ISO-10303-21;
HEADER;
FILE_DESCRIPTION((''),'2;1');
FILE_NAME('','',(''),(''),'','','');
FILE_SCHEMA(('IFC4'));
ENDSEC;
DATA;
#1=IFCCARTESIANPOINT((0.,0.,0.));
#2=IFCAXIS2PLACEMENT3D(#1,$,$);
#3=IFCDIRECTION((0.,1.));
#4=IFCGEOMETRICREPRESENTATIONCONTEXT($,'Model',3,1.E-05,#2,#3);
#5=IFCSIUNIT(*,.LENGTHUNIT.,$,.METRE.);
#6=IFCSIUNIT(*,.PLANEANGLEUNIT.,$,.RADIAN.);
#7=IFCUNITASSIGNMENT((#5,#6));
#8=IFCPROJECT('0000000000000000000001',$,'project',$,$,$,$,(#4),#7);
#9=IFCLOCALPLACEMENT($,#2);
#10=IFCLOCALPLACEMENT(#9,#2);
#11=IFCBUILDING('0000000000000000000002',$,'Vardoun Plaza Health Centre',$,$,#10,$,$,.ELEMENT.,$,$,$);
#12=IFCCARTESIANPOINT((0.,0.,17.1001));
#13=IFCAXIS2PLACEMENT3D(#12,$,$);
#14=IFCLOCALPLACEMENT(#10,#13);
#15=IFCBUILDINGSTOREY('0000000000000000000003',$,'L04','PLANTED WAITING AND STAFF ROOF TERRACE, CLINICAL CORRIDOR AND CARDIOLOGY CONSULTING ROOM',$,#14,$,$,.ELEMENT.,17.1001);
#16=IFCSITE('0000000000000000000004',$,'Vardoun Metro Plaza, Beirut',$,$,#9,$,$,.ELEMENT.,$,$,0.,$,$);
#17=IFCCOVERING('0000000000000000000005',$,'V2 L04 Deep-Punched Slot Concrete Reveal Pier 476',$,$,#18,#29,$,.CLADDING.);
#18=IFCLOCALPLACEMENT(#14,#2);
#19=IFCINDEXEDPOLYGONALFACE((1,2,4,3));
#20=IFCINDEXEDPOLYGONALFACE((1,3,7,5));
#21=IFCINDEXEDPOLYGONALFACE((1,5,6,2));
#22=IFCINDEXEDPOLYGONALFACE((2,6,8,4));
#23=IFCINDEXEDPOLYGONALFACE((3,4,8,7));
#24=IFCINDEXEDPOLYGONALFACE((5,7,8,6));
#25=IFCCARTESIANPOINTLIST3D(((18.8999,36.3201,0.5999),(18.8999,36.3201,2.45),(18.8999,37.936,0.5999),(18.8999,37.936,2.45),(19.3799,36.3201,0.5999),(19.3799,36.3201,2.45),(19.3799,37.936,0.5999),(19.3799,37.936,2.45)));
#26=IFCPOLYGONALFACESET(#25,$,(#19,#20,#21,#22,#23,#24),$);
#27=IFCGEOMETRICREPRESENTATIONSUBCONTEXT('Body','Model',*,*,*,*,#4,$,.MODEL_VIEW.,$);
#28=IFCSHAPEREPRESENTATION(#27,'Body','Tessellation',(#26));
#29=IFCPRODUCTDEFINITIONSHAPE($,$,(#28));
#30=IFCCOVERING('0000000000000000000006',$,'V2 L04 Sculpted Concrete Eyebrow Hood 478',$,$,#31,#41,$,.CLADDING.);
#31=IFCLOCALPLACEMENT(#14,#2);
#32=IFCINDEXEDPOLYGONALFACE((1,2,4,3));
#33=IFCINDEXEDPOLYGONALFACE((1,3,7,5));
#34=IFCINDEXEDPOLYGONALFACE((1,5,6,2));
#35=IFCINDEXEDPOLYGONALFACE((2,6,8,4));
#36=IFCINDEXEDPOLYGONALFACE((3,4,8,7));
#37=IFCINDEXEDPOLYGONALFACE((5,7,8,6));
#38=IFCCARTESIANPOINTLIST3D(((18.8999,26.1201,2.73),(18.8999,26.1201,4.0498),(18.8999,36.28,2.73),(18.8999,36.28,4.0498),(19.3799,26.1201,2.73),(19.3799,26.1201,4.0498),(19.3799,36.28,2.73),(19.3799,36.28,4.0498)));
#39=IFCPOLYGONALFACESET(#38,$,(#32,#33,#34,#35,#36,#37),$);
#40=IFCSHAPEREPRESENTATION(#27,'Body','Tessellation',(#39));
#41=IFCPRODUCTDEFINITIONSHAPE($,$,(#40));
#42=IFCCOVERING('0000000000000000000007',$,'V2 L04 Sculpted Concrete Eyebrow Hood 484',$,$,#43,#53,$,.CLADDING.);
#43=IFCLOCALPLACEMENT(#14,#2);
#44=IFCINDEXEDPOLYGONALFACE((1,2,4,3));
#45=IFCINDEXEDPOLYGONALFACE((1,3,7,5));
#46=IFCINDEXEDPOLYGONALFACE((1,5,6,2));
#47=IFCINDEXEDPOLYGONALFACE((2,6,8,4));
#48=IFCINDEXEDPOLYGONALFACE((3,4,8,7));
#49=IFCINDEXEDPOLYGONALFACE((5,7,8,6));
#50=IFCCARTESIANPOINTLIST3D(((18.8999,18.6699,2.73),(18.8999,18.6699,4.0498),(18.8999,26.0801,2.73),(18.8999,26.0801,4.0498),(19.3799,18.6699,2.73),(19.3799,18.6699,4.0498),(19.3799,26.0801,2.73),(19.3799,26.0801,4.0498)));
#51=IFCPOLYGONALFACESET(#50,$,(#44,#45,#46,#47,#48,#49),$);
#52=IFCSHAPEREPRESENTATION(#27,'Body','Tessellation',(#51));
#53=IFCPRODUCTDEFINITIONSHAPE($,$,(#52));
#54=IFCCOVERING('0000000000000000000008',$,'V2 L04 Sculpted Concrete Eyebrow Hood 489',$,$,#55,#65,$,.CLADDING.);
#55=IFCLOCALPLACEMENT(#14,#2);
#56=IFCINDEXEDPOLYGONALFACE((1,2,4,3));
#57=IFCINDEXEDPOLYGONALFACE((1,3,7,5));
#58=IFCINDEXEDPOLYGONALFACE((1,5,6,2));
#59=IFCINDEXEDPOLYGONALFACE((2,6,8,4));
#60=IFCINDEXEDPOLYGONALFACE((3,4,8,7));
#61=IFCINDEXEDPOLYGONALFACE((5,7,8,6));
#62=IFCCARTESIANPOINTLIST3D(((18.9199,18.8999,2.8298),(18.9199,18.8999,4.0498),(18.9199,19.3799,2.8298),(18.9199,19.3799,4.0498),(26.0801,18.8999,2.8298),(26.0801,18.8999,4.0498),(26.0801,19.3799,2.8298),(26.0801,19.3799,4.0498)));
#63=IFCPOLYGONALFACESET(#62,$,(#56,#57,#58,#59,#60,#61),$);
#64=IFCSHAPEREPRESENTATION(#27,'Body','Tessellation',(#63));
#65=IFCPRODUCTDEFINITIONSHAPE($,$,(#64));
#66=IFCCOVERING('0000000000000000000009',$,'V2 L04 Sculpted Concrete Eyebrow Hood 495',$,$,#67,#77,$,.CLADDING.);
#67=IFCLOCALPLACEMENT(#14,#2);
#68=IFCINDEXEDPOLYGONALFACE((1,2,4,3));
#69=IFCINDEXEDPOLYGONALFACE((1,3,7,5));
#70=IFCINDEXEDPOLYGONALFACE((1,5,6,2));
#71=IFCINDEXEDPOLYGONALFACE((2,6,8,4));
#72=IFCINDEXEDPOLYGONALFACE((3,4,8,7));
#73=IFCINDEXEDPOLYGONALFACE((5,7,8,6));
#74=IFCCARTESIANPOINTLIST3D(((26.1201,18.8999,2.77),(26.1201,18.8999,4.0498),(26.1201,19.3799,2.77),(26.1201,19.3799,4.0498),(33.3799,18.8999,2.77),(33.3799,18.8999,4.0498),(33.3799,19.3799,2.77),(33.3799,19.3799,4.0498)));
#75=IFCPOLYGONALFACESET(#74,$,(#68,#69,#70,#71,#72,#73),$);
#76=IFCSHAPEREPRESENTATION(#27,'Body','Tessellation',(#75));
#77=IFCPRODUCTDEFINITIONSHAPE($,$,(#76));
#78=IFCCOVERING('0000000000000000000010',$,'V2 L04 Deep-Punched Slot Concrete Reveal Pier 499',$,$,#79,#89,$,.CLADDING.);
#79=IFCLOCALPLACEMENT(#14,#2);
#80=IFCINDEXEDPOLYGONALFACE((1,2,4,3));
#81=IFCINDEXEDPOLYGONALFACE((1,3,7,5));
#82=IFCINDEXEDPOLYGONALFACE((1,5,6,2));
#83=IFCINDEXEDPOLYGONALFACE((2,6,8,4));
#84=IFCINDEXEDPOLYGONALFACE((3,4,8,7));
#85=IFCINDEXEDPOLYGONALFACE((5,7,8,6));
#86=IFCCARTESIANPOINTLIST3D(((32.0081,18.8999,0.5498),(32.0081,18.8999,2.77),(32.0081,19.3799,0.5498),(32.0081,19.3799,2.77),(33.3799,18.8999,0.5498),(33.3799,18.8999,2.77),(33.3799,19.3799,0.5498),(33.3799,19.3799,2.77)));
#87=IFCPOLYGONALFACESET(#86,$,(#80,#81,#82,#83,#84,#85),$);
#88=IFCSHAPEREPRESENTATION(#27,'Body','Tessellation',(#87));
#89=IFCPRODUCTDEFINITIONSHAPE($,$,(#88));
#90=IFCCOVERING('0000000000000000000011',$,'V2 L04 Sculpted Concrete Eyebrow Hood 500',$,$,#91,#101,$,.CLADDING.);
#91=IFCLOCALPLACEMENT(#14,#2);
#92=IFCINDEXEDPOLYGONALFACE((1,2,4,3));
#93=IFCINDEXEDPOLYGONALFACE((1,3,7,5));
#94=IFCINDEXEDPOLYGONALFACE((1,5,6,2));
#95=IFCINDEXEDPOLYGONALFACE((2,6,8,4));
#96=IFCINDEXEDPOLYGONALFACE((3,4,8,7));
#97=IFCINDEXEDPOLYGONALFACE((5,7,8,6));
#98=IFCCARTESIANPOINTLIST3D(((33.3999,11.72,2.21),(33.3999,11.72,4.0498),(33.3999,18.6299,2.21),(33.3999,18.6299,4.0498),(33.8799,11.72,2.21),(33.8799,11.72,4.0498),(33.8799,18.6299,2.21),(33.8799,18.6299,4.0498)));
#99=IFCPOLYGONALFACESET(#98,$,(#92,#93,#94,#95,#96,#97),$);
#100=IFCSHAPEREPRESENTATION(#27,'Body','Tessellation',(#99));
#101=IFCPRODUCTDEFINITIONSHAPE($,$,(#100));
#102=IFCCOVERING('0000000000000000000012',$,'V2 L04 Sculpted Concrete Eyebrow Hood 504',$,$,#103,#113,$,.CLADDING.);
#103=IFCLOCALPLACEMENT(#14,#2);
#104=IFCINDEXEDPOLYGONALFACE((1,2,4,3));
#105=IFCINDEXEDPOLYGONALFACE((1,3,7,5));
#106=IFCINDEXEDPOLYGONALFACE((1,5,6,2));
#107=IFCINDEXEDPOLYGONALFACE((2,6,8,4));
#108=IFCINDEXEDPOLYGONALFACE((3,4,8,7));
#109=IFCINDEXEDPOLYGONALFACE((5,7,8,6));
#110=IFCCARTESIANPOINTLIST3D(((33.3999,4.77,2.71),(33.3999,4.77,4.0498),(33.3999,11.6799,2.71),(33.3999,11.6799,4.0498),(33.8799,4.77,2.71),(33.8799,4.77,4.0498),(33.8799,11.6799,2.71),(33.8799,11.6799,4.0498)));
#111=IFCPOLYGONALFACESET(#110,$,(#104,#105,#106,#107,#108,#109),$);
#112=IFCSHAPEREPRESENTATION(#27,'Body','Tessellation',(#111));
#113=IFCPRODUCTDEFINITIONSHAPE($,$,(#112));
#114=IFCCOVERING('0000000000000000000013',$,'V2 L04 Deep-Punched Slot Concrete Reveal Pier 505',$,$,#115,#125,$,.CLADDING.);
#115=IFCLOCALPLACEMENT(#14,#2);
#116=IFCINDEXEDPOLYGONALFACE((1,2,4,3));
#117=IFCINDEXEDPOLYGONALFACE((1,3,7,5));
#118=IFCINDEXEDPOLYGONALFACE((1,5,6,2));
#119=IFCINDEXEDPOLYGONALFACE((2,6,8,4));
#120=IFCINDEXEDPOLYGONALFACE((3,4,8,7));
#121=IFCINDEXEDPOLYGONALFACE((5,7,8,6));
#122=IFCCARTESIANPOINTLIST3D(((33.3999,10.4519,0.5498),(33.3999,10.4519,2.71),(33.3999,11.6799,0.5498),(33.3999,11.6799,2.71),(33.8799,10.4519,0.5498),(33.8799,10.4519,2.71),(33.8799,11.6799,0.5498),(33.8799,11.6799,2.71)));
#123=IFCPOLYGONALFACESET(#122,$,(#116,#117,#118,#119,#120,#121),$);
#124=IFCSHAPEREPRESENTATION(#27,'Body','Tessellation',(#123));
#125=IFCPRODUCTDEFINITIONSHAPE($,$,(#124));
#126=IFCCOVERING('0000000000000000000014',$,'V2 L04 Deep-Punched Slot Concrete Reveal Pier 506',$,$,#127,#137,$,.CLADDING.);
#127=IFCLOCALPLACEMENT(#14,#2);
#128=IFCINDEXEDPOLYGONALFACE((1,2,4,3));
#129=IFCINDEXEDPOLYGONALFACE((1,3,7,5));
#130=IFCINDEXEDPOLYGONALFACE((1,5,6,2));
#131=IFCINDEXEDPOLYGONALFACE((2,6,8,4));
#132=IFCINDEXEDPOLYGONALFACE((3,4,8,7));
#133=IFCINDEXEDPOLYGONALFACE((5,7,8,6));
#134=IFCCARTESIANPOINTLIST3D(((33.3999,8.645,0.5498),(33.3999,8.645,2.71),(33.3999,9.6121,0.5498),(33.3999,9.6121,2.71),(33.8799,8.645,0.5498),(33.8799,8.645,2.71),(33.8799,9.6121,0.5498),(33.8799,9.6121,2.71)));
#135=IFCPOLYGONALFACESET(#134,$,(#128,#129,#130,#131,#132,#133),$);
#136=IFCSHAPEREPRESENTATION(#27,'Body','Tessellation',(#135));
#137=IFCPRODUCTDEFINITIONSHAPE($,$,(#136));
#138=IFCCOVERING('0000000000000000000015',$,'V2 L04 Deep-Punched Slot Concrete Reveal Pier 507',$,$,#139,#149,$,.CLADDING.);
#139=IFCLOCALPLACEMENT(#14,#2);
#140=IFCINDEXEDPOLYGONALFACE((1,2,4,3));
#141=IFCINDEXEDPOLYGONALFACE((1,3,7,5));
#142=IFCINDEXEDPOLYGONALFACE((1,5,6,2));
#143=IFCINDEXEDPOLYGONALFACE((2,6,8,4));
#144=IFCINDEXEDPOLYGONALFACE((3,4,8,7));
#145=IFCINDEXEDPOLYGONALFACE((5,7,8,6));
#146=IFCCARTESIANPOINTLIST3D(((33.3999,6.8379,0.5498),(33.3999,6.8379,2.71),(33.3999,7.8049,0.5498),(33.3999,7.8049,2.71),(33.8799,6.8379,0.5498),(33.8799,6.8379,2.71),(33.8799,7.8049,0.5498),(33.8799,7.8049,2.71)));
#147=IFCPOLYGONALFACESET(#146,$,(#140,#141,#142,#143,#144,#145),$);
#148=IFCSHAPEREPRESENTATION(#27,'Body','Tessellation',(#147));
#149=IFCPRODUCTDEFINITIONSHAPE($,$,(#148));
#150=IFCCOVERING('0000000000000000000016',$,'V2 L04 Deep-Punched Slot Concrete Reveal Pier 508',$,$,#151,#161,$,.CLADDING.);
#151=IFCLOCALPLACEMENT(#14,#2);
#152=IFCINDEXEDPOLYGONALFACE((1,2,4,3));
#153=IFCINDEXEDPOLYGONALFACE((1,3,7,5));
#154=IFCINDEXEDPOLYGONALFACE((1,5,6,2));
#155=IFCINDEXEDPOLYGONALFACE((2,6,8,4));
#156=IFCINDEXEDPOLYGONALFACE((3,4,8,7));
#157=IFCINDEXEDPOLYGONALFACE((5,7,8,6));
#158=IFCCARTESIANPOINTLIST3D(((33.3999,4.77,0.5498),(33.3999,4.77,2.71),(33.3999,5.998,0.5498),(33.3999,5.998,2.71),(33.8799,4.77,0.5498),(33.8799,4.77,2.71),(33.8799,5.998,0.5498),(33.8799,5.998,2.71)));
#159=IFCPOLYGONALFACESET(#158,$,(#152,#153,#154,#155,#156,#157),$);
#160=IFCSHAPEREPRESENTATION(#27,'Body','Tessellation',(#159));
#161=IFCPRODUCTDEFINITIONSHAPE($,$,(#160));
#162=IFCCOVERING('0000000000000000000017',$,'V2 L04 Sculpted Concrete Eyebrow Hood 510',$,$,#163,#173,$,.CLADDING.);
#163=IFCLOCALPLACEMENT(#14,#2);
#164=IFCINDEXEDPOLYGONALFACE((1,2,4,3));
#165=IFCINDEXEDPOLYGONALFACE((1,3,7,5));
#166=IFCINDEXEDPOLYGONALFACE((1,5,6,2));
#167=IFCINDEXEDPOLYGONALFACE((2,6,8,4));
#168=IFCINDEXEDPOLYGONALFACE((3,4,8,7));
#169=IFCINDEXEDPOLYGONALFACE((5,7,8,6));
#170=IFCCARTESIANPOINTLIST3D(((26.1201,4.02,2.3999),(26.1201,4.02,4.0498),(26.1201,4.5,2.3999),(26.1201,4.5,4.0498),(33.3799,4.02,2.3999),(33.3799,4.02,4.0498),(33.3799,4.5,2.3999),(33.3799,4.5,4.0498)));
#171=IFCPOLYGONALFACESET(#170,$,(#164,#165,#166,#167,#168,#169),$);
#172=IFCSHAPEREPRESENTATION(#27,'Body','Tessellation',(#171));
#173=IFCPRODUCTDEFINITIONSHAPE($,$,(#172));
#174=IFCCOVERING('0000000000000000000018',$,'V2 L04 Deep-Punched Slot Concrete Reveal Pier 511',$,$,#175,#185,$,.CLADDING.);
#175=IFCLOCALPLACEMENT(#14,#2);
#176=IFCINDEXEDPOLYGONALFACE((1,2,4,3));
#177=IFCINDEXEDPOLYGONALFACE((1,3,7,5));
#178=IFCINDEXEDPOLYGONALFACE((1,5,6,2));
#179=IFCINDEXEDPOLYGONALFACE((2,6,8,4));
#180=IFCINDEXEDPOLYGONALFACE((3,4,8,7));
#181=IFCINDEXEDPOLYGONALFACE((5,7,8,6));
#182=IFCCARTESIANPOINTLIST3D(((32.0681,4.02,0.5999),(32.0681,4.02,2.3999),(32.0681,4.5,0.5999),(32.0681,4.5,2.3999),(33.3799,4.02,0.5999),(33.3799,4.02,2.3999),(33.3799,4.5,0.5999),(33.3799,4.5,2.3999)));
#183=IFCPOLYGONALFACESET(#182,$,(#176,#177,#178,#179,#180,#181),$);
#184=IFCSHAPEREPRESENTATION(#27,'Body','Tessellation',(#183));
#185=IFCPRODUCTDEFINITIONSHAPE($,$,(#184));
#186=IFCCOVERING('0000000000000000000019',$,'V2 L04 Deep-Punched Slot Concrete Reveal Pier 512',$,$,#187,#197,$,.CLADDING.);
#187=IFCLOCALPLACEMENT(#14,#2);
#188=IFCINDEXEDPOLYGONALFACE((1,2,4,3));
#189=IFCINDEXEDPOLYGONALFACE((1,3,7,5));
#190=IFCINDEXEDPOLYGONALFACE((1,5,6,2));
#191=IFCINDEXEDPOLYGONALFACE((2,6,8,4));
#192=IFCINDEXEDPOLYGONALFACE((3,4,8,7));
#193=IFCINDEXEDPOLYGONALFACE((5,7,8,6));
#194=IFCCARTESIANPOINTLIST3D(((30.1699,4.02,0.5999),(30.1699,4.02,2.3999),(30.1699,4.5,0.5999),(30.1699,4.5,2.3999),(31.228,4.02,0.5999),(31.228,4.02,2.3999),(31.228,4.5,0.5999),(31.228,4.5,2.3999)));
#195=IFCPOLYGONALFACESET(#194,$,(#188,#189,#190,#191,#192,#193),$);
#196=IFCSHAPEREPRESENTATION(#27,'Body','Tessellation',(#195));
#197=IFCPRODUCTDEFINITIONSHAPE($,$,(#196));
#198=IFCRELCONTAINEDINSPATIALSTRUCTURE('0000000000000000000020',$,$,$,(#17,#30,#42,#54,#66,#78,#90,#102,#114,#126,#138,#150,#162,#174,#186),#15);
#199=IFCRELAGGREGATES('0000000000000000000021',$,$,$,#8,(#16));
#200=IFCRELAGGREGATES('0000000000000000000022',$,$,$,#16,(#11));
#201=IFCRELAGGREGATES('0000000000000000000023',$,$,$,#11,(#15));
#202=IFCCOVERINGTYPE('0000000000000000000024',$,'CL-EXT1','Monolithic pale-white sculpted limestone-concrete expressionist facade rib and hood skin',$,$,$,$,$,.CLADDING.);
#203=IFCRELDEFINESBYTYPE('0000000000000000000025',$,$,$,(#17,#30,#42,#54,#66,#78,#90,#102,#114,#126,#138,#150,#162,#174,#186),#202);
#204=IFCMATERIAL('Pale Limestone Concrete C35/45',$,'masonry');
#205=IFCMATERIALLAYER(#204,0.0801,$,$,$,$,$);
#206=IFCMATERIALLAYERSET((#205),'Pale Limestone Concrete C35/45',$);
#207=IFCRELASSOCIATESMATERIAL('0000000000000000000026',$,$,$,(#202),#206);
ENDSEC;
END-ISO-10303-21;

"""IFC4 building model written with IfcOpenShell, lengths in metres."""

from ifc_helpers import new_model, si_unit, direction, frame, origin, place, context, subcontext, project, spatial, polyline, outline, extrude, material, layer, layer_set, type_object, element, save


model = new_model("IFC4")

# Units and contexts
model_context = context("Model", 3, precision=1e-05, world=origin(), true_north=direction((0.0, 1.0)))
body_context = subcontext(model_context, "Body", "Model", "MODEL_VIEW")
ifc_project = project(units=[si_unit("LENGTHUNIT", "METRE"), si_unit("PLANEANGLEUNIT", "RADIAN")], contexts=[model_context])

# Site, building, storey
site_placement = place(None, origin())
site = spatial("IfcSite", under=ifc_project, at=site_placement, Name="Vardoun Metro Plaza, Beirut", CompositionType="ELEMENT", RefElevation=0.0)
building_placement = place(site_placement, origin())
building = spatial("IfcBuilding", under=site, at=building_placement, Name="Vardoun Plaza Health Centre", CompositionType="ELEMENT")
storey_placement = place(building_placement, frame((0.0, 0.0, 17.1001)))
storey = spatial("IfcBuildingStorey", under=building, at=storey_placement, Name="L04", Description="PLANTED WAITING AND STAFF ROOF TERRACE, CLINICAL CORRIDOR AND CARDIOLOGY CONSULTING ROOM", CompositionType="ELEMENT", Elevation=17.1001)

# Coverings
ifc_material = material(Name="Pale Limestone Concrete C35/45", Category="masonry")
ifc_layer = layer(ifc_material, 0.0801)
ifc_layer_set = layer_set([ifc_layer], Name="Pale Limestone Concrete C35/45")
covering_type = type_object("IfcCoveringType", Name="CL-EXT1", Description="Monolithic pale-white sculpted limestone-concrete expressionist facade rib and hood skin", PredefinedType="CLADDING", material=ifc_layer_set)
covering_1_placement = place(storey_placement, frame((0.0, 0.0, 0.5999)))
element("IfcCovering", 1, at=covering_1_placement, inside=storey, type_object=covering_type, Name="V2 L04 Deep-Punched Slot Concrete Reveal Pier 476", PredefinedType="CLADDING", context=body_context, shape_type="SweptSolid", body=[
    extrude(outline(polyline([(18.8999, 37.936), (18.8999, 36.3201), (19.3799, 36.3201), (19.3799, 37.936), (18.8999, 37.936)])), origin(), (0.0, 0.0, 1.0), 1.8501),
])
covering_2_placement = place(storey_placement, frame((0.0, 0.0, 2.73)))
element("IfcCovering", 2, at=covering_2_placement, inside=storey, type_object=covering_type, Name="V2 L04 Sculpted Concrete Eyebrow Hood 478", PredefinedType="CLADDING", context=body_context, shape_type="SweptSolid", body=[
    extrude(outline(polyline([(18.8999, 36.28), (18.8999, 26.1201), (19.3799, 26.1201), (19.3799, 36.28), (18.8999, 36.28)])), origin(), (0.0, 0.0, 1.0), 1.3198),
])
covering_3_placement = place(storey_placement, frame((0.0, 0.0, 2.73)))
element("IfcCovering", 3, at=covering_3_placement, inside=storey, type_object=covering_type, Name="V2 L04 Sculpted Concrete Eyebrow Hood 484", PredefinedType="CLADDING", context=body_context, shape_type="SweptSolid", body=[
    extrude(outline(polyline([(18.8999, 26.0801), (18.8999, 18.6699), (19.3799, 18.6699), (19.3799, 26.0801), (18.8999, 26.0801)])), origin(), (0.0, 0.0, 1.0), 1.3198),
])
covering_4_placement = place(storey_placement, frame((0.0, 0.0, 2.8298)))
element("IfcCovering", 4, at=covering_4_placement, inside=storey, type_object=covering_type, Name="V2 L04 Sculpted Concrete Eyebrow Hood 489", PredefinedType="CLADDING", context=body_context, shape_type="SweptSolid", body=[
    extrude(outline(polyline([(18.9199, 18.8999), (26.0801, 18.8999), (26.0801, 19.3799), (18.9199, 19.3799), (18.9199, 18.8999)])), origin(), (0.0, 0.0, 1.0), 1.22),
])
covering_5_placement = place(storey_placement, frame((0.0, 0.0, 2.77)))
element("IfcCovering", 5, at=covering_5_placement, inside=storey, type_object=covering_type, Name="V2 L04 Sculpted Concrete Eyebrow Hood 495", PredefinedType="CLADDING", context=body_context, shape_type="SweptSolid", body=[
    extrude(outline(polyline([(26.1201, 18.8999), (33.3799, 18.8999), (33.3799, 19.3799), (26.1201, 19.3799), (26.1201, 18.8999)])), origin(), (0.0, 0.0, 1.0), 1.2798),
])
covering_6_placement = place(storey_placement, frame((0.0, 0.0, 0.5498)))
element("IfcCovering", 6, at=covering_6_placement, inside=storey, type_object=covering_type, Name="V2 L04 Deep-Punched Slot Concrete Reveal Pier 499", PredefinedType="CLADDING", context=body_context, shape_type="SweptSolid", body=[
    extrude(outline(polyline([(32.0081, 18.8999), (33.3799, 18.8999), (33.3799, 19.3799), (32.0081, 19.3799), (32.0081, 18.8999)])), origin(), (0.0, 0.0, 1.0), 2.2202),
])
covering_7_placement = place(storey_placement, frame((0.0, 0.0, 2.21)))
element("IfcCovering", 7, at=covering_7_placement, inside=storey, type_object=covering_type, Name="V2 L04 Sculpted Concrete Eyebrow Hood 500", PredefinedType="CLADDING", context=body_context, shape_type="SweptSolid", body=[
    extrude(outline(polyline([(33.3999, 18.6299), (33.3999, 11.72), (33.8799, 11.72), (33.8799, 18.6299), (33.3999, 18.6299)])), origin(), (0.0, 0.0, 1.0), 1.8398),
])
covering_8_placement = place(storey_placement, frame((0.0, 0.0, 2.71)))
element("IfcCovering", 8, at=covering_8_placement, inside=storey, type_object=covering_type, Name="V2 L04 Sculpted Concrete Eyebrow Hood 504", PredefinedType="CLADDING", context=body_context, shape_type="SweptSolid", body=[
    extrude(outline(polyline([(33.3999, 11.6799), (33.3999, 4.77), (33.8799, 4.77), (33.8799, 11.6799), (33.3999, 11.6799)])), origin(), (0.0, 0.0, 1.0), 1.3398),
])
covering_9_placement = place(storey_placement, frame((0.0, 0.0, 0.5498)))
element("IfcCovering", 9, at=covering_9_placement, inside=storey, type_object=covering_type, Name="V2 L04 Deep-Punched Slot Concrete Reveal Pier 505", PredefinedType="CLADDING", context=body_context, shape_type="SweptSolid", body=[
    extrude(outline(polyline([(33.3999, 11.6799), (33.3999, 10.4519), (33.8799, 10.4519), (33.8799, 11.6799), (33.3999, 11.6799)])), origin(), (0.0, 0.0, 1.0), 2.1602),
])
covering_10_placement = place(storey_placement, frame((0.0, 0.0, 0.5498)))
element("IfcCovering", 10, at=covering_10_placement, inside=storey, type_object=covering_type, Name="V2 L04 Deep-Punched Slot Concrete Reveal Pier 506", PredefinedType="CLADDING", context=body_context, shape_type="SweptSolid", body=[
    extrude(outline(polyline([(33.3999, 9.6121), (33.3999, 8.645), (33.8799, 8.645), (33.8799, 9.6121), (33.3999, 9.6121)])), origin(), (0.0, 0.0, 1.0), 2.1602),
])
covering_11_placement = place(storey_placement, frame((0.0, 0.0, 0.5498)))
element("IfcCovering", 11, at=covering_11_placement, inside=storey, type_object=covering_type, Name="V2 L04 Deep-Punched Slot Concrete Reveal Pier 507", PredefinedType="CLADDING", context=body_context, shape_type="SweptSolid", body=[
    extrude(outline(polyline([(33.3999, 7.8049), (33.3999, 6.8379), (33.8799, 6.8379), (33.8799, 7.8049), (33.3999, 7.8049)])), origin(), (0.0, 0.0, 1.0), 2.1602),
])
covering_12_placement = place(storey_placement, frame((0.0, 0.0, 0.5498)))
element("IfcCovering", 12, at=covering_12_placement, inside=storey, type_object=covering_type, Name="V2 L04 Deep-Punched Slot Concrete Reveal Pier 508", PredefinedType="CLADDING", context=body_context, shape_type="SweptSolid", body=[
    extrude(outline(polyline([(33.3999, 5.998), (33.3999, 4.77), (33.8799, 4.77), (33.8799, 5.998), (33.3999, 5.998)])), origin(), (0.0, 0.0, 1.0), 2.1602),
])
covering_13_placement = place(storey_placement, frame((0.0, 0.0, 2.3999)))
element("IfcCovering", 13, at=covering_13_placement, inside=storey, type_object=covering_type, Name="V2 L04 Sculpted Concrete Eyebrow Hood 510", PredefinedType="CLADDING", context=body_context, shape_type="SweptSolid", body=[
    extrude(outline(polyline([(33.3799, 4.5), (26.1201, 4.5), (26.1201, 4.02), (33.3799, 4.02), (33.3799, 4.5)])), origin(), (0.0, 0.0, 1.0), 1.6499),
])
covering_14_placement = place(storey_placement, frame((0.0, 0.0, 0.5999)))
element("IfcCovering", 14, at=covering_14_placement, inside=storey, type_object=covering_type, Name="V2 L04 Deep-Punched Slot Concrete Reveal Pier 511", PredefinedType="CLADDING", context=body_context, shape_type="SweptSolid", body=[
    extrude(outline(polyline([(33.3799, 4.5), (32.0681, 4.5), (32.0681, 4.02), (33.3799, 4.02), (33.3799, 4.5)])), origin(), (0.0, 0.0, 1.0), 1.8),
])
covering_15_placement = place(storey_placement, frame((0.0, 0.0, 0.5999)))
element("IfcCovering", 15, at=covering_15_placement, inside=storey, type_object=covering_type, Name="V2 L04 Deep-Punched Slot Concrete Reveal Pier 512", PredefinedType="CLADDING", context=body_context, shape_type="SweptSolid", body=[
    extrude(outline(polyline([(31.228, 4.5), (30.1699, 4.5), (30.1699, 4.02), (31.228, 4.02), (31.228, 4.5)])), origin(), (0.0, 0.0, 1.0), 1.8),
])

save(model, "model.ifc")
